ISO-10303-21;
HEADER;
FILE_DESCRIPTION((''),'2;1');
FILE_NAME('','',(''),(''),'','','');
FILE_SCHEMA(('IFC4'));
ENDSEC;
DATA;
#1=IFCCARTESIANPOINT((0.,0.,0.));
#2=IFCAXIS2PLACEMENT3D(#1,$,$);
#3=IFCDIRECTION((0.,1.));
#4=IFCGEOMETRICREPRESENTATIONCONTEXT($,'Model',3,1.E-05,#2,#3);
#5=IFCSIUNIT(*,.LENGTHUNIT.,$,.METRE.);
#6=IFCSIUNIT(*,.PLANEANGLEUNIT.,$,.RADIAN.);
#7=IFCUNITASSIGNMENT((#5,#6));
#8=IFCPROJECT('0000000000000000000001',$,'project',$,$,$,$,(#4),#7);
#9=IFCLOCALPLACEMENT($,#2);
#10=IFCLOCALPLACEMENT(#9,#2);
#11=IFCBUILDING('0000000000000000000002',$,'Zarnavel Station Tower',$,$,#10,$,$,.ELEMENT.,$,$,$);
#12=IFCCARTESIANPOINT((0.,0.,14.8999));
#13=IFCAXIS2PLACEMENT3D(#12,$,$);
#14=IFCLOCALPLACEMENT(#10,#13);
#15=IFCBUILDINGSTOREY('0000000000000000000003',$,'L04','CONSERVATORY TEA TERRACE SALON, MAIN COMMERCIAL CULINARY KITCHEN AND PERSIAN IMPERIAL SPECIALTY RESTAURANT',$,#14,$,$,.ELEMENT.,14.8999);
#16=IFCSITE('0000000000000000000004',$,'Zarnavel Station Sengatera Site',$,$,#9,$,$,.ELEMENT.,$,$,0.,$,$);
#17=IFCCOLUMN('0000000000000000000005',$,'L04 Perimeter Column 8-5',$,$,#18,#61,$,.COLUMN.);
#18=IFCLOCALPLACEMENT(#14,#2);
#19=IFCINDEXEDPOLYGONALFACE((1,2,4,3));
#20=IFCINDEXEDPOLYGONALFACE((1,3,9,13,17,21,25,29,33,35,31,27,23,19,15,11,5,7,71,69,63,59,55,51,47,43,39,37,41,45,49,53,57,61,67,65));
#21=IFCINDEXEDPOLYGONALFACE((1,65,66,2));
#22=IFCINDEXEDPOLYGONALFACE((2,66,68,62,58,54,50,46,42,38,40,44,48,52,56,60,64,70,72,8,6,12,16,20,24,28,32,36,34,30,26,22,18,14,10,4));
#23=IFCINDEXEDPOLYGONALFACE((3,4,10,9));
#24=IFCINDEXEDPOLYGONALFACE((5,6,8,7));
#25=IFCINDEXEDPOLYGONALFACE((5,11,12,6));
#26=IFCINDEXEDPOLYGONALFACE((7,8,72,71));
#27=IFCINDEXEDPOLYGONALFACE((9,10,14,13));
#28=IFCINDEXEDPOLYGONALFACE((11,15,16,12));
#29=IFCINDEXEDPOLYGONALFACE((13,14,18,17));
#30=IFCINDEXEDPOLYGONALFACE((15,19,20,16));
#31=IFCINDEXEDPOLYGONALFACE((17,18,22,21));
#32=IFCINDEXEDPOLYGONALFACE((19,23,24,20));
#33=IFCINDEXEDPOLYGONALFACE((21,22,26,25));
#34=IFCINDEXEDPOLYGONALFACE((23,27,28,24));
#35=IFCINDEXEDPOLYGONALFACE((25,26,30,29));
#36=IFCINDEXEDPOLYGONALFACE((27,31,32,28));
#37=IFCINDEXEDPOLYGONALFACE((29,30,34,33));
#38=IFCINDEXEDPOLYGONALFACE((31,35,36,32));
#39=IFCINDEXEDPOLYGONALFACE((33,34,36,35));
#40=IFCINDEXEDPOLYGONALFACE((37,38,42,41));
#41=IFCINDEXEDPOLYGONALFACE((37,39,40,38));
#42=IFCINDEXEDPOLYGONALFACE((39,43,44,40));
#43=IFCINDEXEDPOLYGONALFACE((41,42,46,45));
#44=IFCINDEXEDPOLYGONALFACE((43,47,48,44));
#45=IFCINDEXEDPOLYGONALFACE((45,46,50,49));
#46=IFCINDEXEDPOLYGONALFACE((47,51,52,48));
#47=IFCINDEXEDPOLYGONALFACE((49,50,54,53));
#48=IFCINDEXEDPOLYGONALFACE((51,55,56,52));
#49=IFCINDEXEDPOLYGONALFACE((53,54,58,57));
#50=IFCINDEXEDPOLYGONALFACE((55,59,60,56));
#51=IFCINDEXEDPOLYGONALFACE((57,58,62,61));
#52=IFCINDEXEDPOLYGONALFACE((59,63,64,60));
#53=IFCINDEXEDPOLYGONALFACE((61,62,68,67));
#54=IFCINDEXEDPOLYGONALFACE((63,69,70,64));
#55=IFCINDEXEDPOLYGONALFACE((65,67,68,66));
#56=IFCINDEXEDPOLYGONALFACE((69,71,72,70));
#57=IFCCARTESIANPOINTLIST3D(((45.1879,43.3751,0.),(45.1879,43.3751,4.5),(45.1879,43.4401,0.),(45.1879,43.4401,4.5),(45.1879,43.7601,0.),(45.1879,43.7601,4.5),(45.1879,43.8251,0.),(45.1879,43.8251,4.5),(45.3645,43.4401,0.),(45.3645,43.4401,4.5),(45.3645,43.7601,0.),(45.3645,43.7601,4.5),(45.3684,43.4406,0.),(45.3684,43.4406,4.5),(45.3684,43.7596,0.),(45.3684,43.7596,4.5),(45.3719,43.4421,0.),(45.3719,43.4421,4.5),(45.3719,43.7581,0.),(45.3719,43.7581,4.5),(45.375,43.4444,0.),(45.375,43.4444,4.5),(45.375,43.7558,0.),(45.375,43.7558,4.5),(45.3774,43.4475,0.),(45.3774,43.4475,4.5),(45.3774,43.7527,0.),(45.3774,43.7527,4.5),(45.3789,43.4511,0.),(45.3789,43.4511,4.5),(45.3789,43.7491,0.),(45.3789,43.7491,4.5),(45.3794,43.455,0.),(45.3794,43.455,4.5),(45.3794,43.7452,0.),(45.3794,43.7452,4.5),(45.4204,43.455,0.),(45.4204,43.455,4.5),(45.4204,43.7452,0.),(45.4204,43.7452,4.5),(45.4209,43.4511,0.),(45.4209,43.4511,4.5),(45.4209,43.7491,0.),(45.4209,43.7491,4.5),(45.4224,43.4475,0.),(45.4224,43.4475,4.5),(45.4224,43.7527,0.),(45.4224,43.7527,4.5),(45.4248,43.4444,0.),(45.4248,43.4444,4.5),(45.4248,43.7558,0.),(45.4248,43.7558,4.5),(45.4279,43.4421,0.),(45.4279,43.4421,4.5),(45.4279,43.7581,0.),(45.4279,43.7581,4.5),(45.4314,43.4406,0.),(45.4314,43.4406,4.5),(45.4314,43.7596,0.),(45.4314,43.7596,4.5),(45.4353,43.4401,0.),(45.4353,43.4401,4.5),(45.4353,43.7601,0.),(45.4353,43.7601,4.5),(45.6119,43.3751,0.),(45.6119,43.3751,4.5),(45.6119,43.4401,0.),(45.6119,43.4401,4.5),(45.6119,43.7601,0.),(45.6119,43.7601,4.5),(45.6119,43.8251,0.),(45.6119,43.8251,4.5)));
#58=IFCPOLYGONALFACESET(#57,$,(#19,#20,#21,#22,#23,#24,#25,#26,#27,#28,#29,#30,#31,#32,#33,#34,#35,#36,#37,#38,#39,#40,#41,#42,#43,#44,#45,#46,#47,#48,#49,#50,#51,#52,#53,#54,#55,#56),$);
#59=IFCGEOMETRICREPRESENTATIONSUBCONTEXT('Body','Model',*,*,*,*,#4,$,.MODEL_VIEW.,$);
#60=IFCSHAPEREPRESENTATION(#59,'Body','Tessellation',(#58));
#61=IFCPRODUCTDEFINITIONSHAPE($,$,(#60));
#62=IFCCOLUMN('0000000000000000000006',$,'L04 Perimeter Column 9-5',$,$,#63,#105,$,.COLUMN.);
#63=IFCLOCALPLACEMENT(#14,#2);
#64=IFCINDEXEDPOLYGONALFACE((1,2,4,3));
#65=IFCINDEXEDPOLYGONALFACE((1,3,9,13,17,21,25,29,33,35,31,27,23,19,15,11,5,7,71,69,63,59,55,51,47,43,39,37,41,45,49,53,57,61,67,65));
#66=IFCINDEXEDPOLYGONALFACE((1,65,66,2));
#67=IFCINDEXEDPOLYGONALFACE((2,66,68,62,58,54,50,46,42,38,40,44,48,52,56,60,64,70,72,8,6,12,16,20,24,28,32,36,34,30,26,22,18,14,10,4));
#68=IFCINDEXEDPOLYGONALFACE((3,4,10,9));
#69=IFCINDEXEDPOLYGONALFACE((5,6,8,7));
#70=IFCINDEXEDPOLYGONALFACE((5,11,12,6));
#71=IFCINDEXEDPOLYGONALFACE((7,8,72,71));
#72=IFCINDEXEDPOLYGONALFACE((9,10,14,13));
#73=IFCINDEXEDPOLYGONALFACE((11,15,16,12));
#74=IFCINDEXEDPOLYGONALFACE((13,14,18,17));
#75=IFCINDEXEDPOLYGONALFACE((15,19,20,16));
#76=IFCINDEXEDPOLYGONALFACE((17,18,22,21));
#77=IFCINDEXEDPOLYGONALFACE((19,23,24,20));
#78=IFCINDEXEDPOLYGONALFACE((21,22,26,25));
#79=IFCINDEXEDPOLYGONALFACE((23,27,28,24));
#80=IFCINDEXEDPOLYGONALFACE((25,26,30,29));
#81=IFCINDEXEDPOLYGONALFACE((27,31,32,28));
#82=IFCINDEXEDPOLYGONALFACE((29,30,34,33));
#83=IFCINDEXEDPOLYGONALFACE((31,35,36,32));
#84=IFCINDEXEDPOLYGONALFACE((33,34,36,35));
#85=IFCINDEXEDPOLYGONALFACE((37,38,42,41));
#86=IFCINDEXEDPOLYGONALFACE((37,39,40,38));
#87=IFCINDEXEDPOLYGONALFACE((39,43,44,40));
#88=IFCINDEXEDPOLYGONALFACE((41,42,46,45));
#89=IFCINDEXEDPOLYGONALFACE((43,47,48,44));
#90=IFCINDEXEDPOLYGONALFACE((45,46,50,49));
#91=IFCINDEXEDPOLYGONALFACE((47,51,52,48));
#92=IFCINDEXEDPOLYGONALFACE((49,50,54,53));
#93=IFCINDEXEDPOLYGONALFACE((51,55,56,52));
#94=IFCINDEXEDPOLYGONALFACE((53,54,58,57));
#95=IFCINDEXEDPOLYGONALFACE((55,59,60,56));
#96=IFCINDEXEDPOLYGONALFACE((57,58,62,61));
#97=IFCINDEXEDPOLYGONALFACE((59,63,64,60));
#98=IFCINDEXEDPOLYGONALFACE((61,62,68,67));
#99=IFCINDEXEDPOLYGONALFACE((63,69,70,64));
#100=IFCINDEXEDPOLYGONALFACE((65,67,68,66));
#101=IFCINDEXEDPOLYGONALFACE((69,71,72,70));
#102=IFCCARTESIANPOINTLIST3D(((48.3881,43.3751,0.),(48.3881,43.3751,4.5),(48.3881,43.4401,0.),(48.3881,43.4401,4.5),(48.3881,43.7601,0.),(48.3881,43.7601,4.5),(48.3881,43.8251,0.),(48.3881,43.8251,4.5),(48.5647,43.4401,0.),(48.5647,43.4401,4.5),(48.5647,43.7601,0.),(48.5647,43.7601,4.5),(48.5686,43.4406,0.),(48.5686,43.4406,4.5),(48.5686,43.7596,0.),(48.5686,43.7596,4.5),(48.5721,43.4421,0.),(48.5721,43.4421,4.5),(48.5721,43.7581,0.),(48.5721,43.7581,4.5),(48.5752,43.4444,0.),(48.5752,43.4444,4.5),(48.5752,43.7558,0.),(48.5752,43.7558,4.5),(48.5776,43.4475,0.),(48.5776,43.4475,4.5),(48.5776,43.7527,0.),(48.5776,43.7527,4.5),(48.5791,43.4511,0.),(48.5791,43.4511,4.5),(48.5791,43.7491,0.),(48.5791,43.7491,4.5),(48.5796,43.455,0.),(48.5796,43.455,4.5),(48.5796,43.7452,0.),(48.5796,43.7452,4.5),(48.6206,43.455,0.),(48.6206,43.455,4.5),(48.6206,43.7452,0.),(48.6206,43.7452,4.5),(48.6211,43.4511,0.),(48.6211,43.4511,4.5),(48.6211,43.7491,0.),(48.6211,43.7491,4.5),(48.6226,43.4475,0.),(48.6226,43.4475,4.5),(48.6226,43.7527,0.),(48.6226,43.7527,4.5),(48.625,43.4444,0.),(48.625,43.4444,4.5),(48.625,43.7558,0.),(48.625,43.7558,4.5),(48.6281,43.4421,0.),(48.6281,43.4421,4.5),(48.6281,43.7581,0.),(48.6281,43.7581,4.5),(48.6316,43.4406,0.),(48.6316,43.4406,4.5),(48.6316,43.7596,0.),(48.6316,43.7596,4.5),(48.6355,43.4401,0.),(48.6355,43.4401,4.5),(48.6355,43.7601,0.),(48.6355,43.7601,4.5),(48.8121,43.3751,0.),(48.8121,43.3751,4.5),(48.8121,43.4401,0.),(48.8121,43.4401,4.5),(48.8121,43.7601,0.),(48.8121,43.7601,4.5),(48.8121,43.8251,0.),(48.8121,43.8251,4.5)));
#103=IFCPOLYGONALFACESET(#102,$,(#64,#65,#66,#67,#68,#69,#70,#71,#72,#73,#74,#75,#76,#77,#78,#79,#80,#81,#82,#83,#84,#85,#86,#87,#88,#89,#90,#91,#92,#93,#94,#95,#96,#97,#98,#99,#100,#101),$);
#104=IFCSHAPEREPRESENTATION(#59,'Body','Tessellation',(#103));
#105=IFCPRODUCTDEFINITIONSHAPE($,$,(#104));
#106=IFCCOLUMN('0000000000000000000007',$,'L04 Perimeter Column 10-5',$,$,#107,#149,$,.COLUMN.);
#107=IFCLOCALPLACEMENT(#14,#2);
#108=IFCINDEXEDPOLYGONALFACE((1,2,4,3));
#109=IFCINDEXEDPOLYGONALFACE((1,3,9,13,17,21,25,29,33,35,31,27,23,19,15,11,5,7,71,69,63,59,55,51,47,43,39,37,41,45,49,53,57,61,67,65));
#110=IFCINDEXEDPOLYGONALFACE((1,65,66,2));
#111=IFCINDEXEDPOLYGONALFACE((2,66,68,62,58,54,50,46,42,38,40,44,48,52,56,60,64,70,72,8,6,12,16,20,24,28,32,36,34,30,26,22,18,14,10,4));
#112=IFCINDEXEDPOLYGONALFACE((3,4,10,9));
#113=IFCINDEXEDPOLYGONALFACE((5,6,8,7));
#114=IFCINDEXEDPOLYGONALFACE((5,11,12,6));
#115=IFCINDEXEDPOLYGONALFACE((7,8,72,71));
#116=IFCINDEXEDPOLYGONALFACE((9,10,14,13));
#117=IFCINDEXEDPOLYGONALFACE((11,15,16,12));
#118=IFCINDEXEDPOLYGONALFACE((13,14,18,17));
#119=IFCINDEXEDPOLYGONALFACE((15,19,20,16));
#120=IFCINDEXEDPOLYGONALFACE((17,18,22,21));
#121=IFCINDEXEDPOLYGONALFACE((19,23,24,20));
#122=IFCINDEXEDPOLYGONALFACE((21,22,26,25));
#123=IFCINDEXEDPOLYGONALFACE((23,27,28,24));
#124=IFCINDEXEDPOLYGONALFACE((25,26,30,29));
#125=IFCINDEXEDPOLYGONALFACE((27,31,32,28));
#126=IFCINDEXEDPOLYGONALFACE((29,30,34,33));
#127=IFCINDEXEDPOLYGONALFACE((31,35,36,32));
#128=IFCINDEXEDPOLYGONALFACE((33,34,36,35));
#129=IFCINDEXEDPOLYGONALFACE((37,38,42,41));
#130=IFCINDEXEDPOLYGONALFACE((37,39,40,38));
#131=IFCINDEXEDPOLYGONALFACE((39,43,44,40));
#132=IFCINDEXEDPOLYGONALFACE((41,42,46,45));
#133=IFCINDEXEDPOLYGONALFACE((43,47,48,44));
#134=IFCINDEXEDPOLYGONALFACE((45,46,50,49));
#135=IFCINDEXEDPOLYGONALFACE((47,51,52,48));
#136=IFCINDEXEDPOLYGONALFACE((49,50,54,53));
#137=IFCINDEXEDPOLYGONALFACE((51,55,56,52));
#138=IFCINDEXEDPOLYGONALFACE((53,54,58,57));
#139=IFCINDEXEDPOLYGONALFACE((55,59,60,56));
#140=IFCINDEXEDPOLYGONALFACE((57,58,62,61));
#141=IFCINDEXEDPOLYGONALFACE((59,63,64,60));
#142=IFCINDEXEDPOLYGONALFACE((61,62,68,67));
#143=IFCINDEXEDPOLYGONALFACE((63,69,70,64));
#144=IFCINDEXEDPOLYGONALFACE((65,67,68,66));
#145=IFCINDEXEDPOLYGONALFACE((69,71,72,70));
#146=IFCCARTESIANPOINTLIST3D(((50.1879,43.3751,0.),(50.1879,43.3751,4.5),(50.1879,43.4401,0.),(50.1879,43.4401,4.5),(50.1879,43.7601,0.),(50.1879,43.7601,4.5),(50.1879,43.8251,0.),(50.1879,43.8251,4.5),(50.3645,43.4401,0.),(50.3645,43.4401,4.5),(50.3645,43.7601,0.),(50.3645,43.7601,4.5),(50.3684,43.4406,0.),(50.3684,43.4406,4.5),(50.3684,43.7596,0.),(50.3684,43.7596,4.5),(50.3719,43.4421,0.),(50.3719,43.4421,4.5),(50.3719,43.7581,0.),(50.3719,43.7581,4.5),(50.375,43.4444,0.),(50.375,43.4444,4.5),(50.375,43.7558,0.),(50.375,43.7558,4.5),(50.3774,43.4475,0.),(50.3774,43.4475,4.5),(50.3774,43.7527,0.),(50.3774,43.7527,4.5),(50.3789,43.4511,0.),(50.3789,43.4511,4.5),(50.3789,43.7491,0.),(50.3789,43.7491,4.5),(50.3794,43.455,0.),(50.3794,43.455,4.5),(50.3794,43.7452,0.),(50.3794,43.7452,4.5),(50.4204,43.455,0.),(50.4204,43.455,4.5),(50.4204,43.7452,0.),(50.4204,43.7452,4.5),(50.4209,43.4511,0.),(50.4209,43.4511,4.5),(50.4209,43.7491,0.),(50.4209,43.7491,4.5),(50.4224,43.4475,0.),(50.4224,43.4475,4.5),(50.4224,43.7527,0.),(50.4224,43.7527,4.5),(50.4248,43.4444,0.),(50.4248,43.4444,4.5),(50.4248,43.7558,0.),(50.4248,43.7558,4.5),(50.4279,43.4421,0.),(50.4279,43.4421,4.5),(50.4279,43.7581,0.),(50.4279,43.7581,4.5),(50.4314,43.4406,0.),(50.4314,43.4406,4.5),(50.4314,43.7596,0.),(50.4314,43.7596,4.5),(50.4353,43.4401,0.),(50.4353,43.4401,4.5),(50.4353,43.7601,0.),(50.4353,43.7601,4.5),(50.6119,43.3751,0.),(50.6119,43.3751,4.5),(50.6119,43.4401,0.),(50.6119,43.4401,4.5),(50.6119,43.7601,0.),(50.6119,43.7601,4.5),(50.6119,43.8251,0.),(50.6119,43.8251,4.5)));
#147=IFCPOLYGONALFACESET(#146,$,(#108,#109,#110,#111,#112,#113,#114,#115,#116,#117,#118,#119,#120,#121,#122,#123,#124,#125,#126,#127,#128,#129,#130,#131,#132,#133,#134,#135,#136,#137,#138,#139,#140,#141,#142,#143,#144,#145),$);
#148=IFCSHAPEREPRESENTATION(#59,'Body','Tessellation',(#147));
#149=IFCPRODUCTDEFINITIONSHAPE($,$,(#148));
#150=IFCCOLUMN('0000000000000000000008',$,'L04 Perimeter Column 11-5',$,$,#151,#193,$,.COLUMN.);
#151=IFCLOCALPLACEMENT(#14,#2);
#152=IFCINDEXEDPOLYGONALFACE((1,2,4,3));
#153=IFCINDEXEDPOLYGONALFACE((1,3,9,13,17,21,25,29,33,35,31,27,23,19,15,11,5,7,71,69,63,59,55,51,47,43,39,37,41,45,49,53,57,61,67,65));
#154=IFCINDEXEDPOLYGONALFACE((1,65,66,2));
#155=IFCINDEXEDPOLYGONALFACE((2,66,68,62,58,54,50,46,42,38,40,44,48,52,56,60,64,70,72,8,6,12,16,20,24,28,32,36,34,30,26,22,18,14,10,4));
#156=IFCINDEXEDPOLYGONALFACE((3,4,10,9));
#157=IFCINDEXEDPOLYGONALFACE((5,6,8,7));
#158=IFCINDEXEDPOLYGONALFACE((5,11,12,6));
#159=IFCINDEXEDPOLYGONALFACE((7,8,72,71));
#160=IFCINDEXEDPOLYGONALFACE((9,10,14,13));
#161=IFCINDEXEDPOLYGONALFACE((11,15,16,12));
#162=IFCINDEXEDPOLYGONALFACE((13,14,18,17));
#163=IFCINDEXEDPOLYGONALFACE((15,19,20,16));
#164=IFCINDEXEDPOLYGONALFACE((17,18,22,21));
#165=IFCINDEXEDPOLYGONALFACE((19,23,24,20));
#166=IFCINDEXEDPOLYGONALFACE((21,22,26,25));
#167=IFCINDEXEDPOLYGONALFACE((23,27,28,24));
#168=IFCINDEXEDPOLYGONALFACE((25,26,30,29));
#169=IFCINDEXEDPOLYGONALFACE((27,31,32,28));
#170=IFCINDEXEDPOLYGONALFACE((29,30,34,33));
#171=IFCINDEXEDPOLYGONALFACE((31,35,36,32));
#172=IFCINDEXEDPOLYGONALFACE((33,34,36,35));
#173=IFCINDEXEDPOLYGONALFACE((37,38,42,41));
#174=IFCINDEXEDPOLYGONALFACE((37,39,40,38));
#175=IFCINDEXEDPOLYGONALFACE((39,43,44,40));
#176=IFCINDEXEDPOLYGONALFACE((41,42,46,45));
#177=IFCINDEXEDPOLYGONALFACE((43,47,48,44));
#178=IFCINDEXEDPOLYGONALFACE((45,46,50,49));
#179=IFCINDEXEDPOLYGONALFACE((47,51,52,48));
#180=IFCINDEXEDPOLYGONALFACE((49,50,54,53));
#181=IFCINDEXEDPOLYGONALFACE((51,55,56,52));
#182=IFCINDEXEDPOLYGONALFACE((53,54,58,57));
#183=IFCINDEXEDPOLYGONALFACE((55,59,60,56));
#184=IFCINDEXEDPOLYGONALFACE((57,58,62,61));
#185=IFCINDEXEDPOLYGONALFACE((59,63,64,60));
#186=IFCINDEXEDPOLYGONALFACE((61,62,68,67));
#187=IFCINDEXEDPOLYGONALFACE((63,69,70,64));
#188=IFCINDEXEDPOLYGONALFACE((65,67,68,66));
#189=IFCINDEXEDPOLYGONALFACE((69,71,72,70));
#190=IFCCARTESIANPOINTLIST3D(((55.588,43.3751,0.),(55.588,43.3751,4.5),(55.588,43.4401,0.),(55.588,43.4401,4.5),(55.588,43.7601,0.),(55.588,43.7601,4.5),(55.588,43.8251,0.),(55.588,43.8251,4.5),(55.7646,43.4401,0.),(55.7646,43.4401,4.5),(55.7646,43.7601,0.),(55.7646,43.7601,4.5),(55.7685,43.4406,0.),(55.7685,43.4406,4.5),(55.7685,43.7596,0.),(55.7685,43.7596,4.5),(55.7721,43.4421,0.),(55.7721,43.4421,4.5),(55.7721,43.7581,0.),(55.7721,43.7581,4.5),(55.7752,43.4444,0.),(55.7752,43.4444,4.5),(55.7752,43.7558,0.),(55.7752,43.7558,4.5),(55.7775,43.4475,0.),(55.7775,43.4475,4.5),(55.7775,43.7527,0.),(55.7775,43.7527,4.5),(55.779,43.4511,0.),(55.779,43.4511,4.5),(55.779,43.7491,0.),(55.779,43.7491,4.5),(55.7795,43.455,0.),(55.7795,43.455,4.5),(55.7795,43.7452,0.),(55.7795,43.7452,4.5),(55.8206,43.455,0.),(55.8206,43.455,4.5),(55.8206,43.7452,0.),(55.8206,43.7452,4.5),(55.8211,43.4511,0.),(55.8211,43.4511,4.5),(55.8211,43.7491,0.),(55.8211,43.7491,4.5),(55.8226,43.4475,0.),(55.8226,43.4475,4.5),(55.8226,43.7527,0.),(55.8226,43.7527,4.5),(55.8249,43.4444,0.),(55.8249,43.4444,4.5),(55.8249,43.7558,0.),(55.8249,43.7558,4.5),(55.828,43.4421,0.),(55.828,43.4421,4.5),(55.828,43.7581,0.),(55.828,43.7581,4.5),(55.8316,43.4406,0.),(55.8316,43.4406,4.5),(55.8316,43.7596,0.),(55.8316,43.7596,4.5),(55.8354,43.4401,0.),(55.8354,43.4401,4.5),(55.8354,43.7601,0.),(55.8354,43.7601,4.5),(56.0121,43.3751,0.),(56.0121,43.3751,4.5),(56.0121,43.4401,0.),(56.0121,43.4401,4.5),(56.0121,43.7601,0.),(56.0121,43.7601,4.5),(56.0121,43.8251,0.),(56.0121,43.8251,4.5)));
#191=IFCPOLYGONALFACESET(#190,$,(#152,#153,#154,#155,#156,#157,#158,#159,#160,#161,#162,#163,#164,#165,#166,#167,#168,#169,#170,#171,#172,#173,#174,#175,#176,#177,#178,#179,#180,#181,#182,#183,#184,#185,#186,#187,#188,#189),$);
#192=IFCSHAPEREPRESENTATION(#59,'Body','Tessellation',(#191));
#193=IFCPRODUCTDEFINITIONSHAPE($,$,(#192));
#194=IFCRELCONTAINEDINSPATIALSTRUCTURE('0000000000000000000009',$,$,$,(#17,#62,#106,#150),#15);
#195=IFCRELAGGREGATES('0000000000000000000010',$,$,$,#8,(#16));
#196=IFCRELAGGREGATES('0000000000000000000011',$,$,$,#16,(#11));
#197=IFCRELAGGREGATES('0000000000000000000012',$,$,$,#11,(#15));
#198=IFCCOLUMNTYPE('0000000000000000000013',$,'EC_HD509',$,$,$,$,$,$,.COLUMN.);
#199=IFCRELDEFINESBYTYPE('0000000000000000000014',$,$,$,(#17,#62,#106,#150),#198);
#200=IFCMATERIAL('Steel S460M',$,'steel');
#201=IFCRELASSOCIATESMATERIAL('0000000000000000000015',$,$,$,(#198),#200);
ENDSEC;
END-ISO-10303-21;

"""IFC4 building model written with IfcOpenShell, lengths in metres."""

from ifc_helpers import new_model, si_unit, direction, frame, origin, origin_2d, place, context, subcontext, project, spatial, i_section, extrude, material, material_profile, profile_set, type_object, element, save


model = new_model("IFC4")

# Units and contexts
model_context = context("Model", 3, precision=1e-05, world=origin(), true_north=direction((0.0, 1.0)))
body_context = subcontext(model_context, "Body", "Model", "MODEL_VIEW")
ifc_project = project(units=[si_unit("LENGTHUNIT", "METRE"), si_unit("PLANEANGLEUNIT", "RADIAN")], contexts=[model_context])

# Site, building, storey
site_placement = place(None, origin())
site = spatial("IfcSite", under=ifc_project, at=site_placement, Name="Zarnavel Station Sengatera Site", CompositionType="ELEMENT", RefElevation=0.0)
building_placement = place(site_placement, origin())
building = spatial("IfcBuilding", under=site, at=building_placement, Name="Zarnavel Station Tower", CompositionType="ELEMENT")
storey_placement = place(building_placement, frame((0.0, 0.0, 14.8999)))
storey = spatial("IfcBuildingStorey", under=building, at=storey_placement, Name="L04", Description="CONSERVATORY TEA TERRACE SALON, MAIN COMMERCIAL CULINARY KITCHEN AND PERSIAN IMPERIAL SPECIALTY RESTAURANT", CompositionType="ELEMENT", Elevation=14.8999)

# Columns
ifc_material_1 = material(Name="Steel S460M", Category="steel")
ifc_material_profile_1 = material_profile(ifc_material_1, i_section(OverallWidth=0.4241, OverallDepth=0.45, WebThickness=0.041, FlangeThickness=0.0649, FilletRadius=0.0149, at=origin_2d()), Name="HD400x509")
ifc_profile_set_1 = profile_set([ifc_material_profile_1], Name="Steel S460M")
column_type = type_object("IfcColumnType", Name="EC_HD509", PredefinedType="COLUMN", material=ifc_profile_set_1)
for number, where, z_axis, x_axis, name in (
    (1, (45.3999, 43.6001, 0.0), (0.0, 0.0, 1.0), (1.0, 0.0, 0.0), "L04 Perimeter Column 8-5"),
    (2, (48.6001, 43.6001, 0.0), (0.0, 0.0, 1.0), (1.0, 0.0, 0.0), "L04 Perimeter Column 9-5"),
    (3, (50.3999, 43.6001, 0.0), (0.0, 0.0, 1.0), (1.0, 0.0, 0.0), "L04 Perimeter Column 10-5"),
    (4, (55.8, 43.6001, 0.0), (0.0, 0.0, 1.0), (1.0, 0.0, 0.0), "L04 Perimeter Column 11-5"),
):
    element("IfcColumn", number, at=place(storey_placement, frame(where, z_axis=z_axis, x_axis=x_axis)), inside=storey, type_object=column_type, Name=name, PredefinedType="COLUMN", context=body_context, shape_type="SweptSolid", body=[
        extrude(i_section(OverallWidth=0.4241, OverallDepth=0.45, WebThickness=0.041, FlangeThickness=0.0649, FilletRadius=0.0149, at=origin_2d()), origin(), (0.0, 0.0, 1.0), 4.5),
    ])

save(model, "model.ifc")
